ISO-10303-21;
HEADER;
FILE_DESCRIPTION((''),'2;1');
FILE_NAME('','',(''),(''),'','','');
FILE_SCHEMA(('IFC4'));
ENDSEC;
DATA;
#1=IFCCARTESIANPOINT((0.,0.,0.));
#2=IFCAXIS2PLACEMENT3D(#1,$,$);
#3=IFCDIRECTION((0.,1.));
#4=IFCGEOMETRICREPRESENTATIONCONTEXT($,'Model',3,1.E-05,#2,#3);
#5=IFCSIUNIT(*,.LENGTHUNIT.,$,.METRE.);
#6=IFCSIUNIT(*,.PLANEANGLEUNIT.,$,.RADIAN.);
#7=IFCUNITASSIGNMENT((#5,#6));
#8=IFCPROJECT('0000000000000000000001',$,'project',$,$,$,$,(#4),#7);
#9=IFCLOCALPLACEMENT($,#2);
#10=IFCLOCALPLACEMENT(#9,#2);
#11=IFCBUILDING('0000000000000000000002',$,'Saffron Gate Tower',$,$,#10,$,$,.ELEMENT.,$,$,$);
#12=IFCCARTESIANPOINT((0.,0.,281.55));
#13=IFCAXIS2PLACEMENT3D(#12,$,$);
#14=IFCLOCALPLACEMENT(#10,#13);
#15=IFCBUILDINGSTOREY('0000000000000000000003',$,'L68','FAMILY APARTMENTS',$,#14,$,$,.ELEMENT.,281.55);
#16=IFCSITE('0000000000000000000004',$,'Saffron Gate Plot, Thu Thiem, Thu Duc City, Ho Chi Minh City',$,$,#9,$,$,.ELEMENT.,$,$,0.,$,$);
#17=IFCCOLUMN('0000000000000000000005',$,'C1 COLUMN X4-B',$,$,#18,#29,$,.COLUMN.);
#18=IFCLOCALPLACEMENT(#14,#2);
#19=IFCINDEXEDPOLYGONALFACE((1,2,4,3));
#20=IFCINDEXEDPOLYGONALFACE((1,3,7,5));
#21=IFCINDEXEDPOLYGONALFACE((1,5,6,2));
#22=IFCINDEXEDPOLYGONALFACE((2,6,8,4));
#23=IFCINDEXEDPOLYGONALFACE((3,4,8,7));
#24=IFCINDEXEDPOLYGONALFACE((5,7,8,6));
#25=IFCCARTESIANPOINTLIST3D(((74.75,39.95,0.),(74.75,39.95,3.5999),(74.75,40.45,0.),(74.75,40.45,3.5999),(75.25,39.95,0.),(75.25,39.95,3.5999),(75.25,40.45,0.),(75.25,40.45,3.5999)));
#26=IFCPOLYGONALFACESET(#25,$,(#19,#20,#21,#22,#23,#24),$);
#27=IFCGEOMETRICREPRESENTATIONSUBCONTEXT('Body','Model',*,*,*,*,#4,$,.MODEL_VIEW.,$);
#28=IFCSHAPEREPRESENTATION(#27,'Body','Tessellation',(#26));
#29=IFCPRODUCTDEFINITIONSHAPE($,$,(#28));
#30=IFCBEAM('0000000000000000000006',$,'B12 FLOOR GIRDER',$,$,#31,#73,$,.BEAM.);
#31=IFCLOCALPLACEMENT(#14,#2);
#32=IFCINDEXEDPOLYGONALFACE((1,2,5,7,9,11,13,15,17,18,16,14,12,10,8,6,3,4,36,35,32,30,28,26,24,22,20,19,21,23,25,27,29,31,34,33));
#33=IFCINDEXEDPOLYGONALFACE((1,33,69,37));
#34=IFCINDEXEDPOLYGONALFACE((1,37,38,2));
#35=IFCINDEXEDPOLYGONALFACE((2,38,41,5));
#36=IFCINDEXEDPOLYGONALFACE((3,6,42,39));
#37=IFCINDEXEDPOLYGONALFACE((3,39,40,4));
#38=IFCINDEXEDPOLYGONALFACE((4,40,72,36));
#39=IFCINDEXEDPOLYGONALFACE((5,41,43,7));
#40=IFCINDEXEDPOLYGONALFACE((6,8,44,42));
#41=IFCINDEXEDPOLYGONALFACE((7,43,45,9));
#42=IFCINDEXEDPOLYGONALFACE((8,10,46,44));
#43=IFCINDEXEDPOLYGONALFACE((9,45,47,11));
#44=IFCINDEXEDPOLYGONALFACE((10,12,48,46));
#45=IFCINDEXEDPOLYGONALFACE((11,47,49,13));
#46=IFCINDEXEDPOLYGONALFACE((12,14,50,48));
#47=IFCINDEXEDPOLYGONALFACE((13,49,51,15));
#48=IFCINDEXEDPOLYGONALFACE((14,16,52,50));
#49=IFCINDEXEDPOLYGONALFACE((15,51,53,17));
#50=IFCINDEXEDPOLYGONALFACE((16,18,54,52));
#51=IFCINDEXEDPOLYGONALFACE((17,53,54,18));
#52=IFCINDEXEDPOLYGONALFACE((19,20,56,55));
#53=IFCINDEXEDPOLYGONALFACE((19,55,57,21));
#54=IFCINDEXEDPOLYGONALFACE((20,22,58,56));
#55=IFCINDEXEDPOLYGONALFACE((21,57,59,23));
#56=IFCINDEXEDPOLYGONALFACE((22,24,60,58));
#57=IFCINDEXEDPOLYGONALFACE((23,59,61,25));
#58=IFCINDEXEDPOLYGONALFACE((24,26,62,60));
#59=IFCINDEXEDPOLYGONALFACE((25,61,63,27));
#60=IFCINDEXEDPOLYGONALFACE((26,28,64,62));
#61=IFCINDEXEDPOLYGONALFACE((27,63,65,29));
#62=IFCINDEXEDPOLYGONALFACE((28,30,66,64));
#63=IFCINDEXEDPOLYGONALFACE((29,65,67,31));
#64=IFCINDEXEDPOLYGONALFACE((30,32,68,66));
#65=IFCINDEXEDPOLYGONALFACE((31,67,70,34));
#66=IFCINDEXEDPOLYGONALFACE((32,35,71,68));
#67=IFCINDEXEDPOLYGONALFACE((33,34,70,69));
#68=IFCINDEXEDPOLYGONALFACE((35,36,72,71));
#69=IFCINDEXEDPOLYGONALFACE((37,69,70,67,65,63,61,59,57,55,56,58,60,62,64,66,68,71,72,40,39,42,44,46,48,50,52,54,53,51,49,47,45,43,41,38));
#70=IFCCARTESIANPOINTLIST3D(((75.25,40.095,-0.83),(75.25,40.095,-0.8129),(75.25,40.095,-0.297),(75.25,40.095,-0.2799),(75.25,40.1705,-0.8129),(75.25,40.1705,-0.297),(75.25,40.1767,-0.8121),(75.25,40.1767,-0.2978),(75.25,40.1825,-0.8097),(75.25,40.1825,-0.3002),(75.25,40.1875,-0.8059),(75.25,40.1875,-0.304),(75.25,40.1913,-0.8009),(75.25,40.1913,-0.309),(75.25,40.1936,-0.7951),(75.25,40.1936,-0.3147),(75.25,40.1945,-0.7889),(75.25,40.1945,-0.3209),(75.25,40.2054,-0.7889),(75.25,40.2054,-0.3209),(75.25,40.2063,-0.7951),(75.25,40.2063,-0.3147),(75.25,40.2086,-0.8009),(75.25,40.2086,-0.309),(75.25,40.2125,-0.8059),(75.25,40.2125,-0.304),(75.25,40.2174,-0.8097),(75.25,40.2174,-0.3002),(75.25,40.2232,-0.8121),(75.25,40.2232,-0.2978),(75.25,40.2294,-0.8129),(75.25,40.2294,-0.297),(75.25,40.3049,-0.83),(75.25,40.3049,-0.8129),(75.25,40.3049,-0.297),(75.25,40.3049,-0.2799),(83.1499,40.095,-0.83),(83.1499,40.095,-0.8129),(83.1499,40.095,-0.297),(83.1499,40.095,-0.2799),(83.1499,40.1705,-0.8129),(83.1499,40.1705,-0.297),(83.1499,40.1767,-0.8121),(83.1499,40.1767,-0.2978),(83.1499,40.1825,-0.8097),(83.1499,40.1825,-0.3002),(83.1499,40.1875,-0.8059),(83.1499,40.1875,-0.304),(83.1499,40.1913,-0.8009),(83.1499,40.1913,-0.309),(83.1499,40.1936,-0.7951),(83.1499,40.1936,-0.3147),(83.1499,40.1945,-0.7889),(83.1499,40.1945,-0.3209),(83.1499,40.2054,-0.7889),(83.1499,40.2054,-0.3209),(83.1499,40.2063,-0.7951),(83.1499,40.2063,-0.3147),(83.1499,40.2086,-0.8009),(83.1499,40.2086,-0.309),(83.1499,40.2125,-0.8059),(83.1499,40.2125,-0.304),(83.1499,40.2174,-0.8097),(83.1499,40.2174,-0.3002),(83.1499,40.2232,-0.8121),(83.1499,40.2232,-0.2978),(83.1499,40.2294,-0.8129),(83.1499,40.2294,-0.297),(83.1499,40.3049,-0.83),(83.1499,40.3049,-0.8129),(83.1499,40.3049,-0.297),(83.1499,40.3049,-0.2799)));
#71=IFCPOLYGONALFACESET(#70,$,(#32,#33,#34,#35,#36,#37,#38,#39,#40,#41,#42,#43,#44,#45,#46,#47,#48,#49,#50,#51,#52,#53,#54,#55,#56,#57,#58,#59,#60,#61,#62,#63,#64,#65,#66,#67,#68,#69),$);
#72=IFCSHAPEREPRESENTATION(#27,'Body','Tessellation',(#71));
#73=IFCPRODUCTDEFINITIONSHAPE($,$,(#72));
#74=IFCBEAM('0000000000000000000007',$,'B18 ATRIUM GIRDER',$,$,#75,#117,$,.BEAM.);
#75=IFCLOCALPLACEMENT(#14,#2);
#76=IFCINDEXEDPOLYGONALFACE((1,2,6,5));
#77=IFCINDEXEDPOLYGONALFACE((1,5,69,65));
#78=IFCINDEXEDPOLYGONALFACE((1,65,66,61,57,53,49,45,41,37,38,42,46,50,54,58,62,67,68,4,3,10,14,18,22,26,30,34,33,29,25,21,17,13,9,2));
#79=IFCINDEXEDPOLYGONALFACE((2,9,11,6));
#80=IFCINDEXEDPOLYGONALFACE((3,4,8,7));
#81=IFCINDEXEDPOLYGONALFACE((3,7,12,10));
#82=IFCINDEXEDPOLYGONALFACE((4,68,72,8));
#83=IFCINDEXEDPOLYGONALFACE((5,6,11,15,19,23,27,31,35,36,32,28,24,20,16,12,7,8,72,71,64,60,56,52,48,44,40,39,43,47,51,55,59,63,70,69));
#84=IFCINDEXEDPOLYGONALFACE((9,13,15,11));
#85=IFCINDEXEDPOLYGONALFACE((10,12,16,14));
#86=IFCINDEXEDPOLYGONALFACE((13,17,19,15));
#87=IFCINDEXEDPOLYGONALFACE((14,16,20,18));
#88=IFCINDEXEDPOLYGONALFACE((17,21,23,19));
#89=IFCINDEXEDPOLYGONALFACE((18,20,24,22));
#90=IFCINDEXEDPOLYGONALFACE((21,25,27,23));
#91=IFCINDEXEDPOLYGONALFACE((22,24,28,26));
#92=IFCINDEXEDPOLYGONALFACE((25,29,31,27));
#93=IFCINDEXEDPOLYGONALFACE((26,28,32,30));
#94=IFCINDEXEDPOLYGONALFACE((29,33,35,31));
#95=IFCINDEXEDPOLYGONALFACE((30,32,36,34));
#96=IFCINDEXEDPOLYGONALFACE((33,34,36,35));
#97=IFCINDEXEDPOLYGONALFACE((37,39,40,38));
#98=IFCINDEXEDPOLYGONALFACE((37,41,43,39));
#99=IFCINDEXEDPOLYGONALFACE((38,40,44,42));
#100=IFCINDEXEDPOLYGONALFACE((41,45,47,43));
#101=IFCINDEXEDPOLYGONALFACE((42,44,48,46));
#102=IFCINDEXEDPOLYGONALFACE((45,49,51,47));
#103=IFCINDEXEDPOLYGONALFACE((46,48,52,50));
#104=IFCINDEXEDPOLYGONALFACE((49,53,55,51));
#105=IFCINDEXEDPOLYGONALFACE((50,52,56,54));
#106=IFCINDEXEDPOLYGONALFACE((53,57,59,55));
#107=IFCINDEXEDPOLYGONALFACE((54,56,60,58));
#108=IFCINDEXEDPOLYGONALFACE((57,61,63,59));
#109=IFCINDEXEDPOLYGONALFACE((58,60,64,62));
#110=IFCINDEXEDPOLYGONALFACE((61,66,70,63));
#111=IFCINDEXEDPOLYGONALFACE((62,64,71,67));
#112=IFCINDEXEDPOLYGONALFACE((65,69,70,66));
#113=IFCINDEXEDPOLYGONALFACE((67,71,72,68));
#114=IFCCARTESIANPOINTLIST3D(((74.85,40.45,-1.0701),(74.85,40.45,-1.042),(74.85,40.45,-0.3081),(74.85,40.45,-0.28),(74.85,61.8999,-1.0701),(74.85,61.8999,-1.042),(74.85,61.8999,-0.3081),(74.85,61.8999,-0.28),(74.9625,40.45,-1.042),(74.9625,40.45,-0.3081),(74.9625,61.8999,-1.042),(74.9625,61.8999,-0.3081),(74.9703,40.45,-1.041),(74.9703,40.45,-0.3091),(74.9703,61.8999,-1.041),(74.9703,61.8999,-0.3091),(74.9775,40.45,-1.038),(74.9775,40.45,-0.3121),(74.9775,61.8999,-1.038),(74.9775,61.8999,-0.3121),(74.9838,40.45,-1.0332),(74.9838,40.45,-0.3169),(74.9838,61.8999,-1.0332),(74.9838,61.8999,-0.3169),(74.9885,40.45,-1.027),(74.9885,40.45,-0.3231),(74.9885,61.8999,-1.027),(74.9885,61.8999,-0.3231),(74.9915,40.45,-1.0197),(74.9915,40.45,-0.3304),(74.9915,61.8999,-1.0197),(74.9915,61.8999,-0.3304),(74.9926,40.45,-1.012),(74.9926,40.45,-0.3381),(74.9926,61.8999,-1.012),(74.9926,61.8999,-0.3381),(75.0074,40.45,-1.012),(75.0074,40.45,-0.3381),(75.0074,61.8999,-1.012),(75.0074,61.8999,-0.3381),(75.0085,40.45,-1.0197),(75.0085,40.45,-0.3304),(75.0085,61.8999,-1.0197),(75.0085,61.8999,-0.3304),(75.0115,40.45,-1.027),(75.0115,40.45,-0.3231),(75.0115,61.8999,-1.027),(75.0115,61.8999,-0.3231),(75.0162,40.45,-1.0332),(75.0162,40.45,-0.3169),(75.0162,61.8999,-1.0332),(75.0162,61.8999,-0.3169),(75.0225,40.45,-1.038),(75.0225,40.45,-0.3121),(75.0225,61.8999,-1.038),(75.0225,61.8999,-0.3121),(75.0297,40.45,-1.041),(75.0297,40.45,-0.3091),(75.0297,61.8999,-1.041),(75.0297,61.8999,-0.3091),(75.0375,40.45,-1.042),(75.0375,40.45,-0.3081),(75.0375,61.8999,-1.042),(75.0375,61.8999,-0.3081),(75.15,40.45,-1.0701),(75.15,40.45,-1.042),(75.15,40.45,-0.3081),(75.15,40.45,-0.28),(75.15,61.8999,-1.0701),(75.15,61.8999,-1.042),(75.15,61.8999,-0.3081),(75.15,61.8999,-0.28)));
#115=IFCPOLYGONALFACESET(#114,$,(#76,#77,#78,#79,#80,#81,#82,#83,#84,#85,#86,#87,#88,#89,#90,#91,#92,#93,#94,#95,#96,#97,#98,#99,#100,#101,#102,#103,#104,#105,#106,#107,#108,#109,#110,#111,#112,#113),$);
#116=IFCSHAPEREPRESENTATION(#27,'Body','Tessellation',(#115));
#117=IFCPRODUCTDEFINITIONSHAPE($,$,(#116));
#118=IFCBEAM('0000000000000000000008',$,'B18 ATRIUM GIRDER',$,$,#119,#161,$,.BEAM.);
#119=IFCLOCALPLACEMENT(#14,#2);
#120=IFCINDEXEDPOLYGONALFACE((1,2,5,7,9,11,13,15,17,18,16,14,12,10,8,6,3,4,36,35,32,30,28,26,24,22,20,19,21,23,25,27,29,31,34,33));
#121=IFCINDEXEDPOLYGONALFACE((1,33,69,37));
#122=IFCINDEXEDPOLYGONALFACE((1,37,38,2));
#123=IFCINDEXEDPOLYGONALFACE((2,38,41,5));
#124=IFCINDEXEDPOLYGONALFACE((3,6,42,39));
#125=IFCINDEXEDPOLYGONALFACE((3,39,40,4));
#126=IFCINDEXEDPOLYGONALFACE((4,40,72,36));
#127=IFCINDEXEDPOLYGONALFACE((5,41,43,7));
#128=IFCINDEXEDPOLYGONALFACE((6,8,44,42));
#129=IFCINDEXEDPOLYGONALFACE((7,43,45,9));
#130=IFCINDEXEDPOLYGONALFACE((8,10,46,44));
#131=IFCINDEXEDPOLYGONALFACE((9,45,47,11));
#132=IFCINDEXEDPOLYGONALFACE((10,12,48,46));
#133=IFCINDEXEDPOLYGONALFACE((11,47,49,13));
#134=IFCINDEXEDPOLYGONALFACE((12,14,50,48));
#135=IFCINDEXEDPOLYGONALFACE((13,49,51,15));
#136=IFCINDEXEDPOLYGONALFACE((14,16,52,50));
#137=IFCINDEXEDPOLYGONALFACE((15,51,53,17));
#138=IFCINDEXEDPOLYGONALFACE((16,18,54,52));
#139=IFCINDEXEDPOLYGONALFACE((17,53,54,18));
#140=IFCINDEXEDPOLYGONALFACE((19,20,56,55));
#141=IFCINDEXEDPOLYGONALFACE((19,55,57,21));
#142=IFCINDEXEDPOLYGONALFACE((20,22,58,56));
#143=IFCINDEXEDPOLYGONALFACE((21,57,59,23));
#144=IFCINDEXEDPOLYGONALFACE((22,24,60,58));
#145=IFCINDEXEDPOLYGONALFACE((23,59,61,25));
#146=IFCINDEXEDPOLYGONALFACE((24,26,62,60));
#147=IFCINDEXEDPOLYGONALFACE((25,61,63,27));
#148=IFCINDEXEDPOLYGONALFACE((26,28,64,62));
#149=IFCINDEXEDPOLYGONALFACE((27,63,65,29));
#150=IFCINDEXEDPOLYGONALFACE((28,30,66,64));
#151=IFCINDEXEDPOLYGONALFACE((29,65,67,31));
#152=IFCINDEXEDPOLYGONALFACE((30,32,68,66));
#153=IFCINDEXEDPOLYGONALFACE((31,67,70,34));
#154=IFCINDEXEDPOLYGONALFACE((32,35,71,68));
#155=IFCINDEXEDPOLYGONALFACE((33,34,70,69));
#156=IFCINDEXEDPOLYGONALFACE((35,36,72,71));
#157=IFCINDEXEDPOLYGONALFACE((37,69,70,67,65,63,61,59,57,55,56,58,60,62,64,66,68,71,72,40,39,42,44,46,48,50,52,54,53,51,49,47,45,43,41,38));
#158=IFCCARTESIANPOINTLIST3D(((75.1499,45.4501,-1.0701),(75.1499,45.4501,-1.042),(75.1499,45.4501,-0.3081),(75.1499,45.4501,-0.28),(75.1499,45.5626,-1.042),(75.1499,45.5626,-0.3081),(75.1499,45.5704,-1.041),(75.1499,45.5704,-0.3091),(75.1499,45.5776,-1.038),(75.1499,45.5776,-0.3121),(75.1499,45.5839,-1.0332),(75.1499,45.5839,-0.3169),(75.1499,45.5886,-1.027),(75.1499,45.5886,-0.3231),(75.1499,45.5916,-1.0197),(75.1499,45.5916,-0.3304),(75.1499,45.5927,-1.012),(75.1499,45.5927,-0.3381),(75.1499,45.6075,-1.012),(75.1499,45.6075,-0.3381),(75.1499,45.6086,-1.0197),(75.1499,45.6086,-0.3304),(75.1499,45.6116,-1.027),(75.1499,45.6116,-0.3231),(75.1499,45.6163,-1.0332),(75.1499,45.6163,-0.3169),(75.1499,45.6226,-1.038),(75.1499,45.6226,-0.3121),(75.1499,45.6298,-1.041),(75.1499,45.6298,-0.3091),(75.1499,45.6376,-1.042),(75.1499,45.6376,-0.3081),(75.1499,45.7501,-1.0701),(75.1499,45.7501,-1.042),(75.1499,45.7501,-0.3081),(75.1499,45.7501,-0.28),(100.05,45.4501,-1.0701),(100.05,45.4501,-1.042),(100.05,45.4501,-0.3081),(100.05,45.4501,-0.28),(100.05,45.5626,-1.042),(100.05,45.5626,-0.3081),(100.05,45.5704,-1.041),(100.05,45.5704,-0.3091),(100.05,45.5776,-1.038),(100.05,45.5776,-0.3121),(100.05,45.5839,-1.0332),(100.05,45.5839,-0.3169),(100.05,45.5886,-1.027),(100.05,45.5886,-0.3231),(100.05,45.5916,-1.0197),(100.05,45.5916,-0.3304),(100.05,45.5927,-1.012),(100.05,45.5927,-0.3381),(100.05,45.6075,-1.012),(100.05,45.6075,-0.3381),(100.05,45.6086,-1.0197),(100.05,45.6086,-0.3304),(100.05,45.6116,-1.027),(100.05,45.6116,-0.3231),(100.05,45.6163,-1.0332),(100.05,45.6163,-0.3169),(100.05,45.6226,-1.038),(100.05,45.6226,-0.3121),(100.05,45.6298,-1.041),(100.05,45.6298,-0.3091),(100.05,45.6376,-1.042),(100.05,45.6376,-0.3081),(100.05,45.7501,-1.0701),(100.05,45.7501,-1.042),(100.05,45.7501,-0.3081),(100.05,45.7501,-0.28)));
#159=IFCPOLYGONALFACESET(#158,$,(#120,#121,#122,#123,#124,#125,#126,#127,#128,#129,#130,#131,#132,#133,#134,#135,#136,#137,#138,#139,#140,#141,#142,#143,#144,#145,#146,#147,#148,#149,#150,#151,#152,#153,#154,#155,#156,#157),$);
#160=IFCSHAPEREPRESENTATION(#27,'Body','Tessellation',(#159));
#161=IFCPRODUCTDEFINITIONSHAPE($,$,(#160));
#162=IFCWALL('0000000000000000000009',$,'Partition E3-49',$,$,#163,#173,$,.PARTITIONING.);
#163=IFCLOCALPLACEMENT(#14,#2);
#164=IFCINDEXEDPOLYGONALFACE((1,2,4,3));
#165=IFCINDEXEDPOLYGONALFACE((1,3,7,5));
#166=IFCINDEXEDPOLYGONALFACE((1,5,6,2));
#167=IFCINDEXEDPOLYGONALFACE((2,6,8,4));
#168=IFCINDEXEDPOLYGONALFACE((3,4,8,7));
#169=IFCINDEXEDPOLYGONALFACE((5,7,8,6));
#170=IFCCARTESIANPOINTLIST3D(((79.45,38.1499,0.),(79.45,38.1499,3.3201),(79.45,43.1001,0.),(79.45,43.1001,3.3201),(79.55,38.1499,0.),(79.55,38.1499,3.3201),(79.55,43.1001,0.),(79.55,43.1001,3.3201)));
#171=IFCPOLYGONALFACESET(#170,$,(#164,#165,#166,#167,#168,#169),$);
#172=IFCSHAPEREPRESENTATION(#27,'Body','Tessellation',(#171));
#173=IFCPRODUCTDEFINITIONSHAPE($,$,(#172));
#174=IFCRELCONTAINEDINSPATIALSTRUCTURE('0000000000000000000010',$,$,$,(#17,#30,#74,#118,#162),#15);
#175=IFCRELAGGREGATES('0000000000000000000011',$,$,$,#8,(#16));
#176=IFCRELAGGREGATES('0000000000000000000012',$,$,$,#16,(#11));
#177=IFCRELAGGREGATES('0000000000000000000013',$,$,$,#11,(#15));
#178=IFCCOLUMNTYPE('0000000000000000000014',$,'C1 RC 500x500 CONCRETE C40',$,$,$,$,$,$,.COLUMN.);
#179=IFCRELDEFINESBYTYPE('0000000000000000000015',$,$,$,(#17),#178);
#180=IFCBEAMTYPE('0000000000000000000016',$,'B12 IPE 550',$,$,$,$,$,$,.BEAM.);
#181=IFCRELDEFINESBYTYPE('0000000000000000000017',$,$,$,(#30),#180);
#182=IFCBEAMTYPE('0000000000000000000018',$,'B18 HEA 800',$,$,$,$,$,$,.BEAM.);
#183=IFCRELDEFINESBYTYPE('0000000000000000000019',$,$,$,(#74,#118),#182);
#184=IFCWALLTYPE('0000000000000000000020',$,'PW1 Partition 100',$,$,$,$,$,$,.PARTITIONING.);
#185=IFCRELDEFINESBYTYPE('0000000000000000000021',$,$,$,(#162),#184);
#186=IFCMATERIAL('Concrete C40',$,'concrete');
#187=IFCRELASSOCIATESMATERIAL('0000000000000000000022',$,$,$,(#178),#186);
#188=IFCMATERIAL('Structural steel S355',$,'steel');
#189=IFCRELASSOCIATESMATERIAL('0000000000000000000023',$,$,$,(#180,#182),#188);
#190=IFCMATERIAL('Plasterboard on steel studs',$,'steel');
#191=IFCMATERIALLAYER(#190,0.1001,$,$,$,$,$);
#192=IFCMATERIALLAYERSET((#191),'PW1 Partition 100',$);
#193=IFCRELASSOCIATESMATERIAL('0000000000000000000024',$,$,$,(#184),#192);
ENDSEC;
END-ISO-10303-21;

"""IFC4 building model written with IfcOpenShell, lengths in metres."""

from ifc_helpers import new_model, si_unit, direction, frame, frame_2d, origin, origin_2d, place, context, subcontext, project, spatial, rectangle, i_section, extrude, material, layer, layer_set, material_profile, profile_set, type_object, element, save


model = new_model("IFC4")

# Units and contexts
model_context = context("Model", 3, precision=1e-05, world=origin(), true_north=direction((0.0, 1.0)))
body_context = subcontext(model_context, "Body", "Model", "MODEL_VIEW")
ifc_project = project(units=[si_unit("LENGTHUNIT", "METRE"), si_unit("PLANEANGLEUNIT", "RADIAN")], contexts=[model_context])

# Site, building, storey
site_placement = place(None, origin())
site = spatial("IfcSite", under=ifc_project, at=site_placement, Name="Saffron Gate Plot, Thu Thiem, Thu Duc City, Ho Chi Minh City", CompositionType="ELEMENT", RefElevation=0.0)
building_placement = place(site_placement, origin())
building = spatial("IfcBuilding", under=site, at=building_placement, Name="Saffron Gate Tower", CompositionType="ELEMENT")
storey_placement = place(building_placement, frame((0.0, 0.0, 281.55)))
storey = spatial("IfcBuildingStorey", under=building, at=storey_placement, Name="L68", Description="FAMILY APARTMENTS", CompositionType="ELEMENT", Elevation=281.55)

# Column
ifc_material_1 = material(Name="Concrete C40", Category="concrete")
ifc_material_profile_1 = material_profile(ifc_material_1, rectangle(XDim=0.5, YDim=0.5, at=origin_2d()))
ifc_profile_set_1 = profile_set([ifc_material_profile_1], Name="Concrete C40")
column_type = type_object("IfcColumnType", Name="C1 RC 500x500 CONCRETE C40", PredefinedType="COLUMN", material=ifc_profile_set_1)
column_placement = place(storey_placement, frame((75.0, 40.2, 0.0), z_axis=(0.0, 0.0, 1.0), x_axis=(1.0, 0.0, 0.0)))
element("IfcColumn", 1, at=column_placement, inside=storey, type_object=column_type, Name="C1 COLUMN X4-B", PredefinedType="COLUMN", context=body_context, shape_type="SweptSolid", body=[
    extrude(rectangle(XDim=0.5, YDim=0.5, at=origin_2d()), origin(), (0.0, 0.0, 1.0), 3.5999),
])

# Beams
ifc_material_2 = material(Name="Structural steel S355", Category="steel")
ifc_material_profile_2 = material_profile(ifc_material_2, i_section(OverallWidth=0.21, OverallDepth=0.55, WebThickness=0.011, FlangeThickness=0.0171, FilletRadius=0.0239, at=origin_2d()))
ifc_profile_set_2 = profile_set([ifc_material_profile_2], Name="Structural steel S355")
beam_type_1 = type_object("IfcBeamType", Name="B12 IPE 550", PredefinedType="BEAM", material=ifc_profile_set_2)
beam_1_placement = place(storey_placement, frame((75.25, 40.2, -0.5549), z_axis=(1.0, 0.0, 0.0), x_axis=(0.0, 1.0, 0.0)))
element("IfcBeam", 2, at=beam_1_placement, inside=storey, type_object=beam_type_1, Name="B12 FLOOR GIRDER", PredefinedType="BEAM", context=body_context, shape_type="SweptSolid", body=[
    extrude(i_section(OverallWidth=0.21, OverallDepth=0.55, WebThickness=0.011, FlangeThickness=0.0171, FilletRadius=0.0239, at=origin_2d()), origin(), (0.0, 0.0, 1.0), 7.8999),
])
ifc_material_profile_3 = material_profile(ifc_material_2, i_section(OverallWidth=0.3, OverallDepth=0.79, WebThickness=0.0149, FlangeThickness=0.0281, FilletRadius=0.03, at=origin_2d()))
ifc_profile_set_3 = profile_set([ifc_material_profile_3], Name="Structural steel S355")
beam_type_2 = type_object("IfcBeamType", Name="B18 HEA 800", PredefinedType="BEAM", material=ifc_profile_set_3)
beam_2_placement = place(storey_placement, frame((75.0, 40.45, -0.675), z_axis=(0.0, 1.0, 0.0), x_axis=(-1.0, 0.0, 0.0)))
element("IfcBeam", 3, at=beam_2_placement, inside=storey, type_object=beam_type_2, Name="B18 ATRIUM GIRDER", PredefinedType="BEAM", context=body_context, shape_type="SweptSolid", body=[
    extrude(i_section(OverallWidth=0.3, OverallDepth=0.79, WebThickness=0.0149, FlangeThickness=0.0281, FilletRadius=0.03, at=origin_2d()), origin(), (0.0, 0.0, 1.0), 21.45),
])
beam_3_placement = place(storey_placement, frame((75.1499, 45.6001, -0.675), z_axis=(1.0, 0.0, 0.0), x_axis=(0.0, 1.0, 0.0)))
element("IfcBeam", 4, at=beam_3_placement, inside=storey, type_object=beam_type_2, Name="B18 ATRIUM GIRDER", PredefinedType="BEAM", context=body_context, shape_type="SweptSolid", body=[
    extrude(i_section(OverallWidth=0.3, OverallDepth=0.79, WebThickness=0.0149, FlangeThickness=0.0281, FilletRadius=0.03, at=origin_2d()), origin(), (0.0, 0.0, 1.0), 24.9001),
])

# Wall
ifc_material_3 = material(Name="Plasterboard on steel studs", Category="steel")
ifc_layer_1 = layer(ifc_material_3, 0.1001)
ifc_layer_set_1 = layer_set([ifc_layer_1], Name="PW1 Partition 100")
wall_type_1 = type_object("IfcWallType", Name="PW1 Partition 100", PredefinedType="PARTITIONING", material=ifc_layer_set_1)
wall_1_placement = place(storey_placement, frame((79.5, 43.1001, 0.0), z_axis=(0.0, 0.0, 1.0), x_axis=(0.0, -1.0, 0.0)))
element("IfcWall", 5, at=wall_1_placement, inside=storey, type_object=wall_type_1, Name="Partition E3-49", PredefinedType="PARTITIONING", context=body_context, shape_type="SweptSolid", body=[
    extrude(rectangle(XDim=4.9502, YDim=0.1001, at=frame_2d((2.4751, 0.0))), origin(), (0.0, 0.0, 1.0), 3.3201),
])

save(model, "model.ifc")
